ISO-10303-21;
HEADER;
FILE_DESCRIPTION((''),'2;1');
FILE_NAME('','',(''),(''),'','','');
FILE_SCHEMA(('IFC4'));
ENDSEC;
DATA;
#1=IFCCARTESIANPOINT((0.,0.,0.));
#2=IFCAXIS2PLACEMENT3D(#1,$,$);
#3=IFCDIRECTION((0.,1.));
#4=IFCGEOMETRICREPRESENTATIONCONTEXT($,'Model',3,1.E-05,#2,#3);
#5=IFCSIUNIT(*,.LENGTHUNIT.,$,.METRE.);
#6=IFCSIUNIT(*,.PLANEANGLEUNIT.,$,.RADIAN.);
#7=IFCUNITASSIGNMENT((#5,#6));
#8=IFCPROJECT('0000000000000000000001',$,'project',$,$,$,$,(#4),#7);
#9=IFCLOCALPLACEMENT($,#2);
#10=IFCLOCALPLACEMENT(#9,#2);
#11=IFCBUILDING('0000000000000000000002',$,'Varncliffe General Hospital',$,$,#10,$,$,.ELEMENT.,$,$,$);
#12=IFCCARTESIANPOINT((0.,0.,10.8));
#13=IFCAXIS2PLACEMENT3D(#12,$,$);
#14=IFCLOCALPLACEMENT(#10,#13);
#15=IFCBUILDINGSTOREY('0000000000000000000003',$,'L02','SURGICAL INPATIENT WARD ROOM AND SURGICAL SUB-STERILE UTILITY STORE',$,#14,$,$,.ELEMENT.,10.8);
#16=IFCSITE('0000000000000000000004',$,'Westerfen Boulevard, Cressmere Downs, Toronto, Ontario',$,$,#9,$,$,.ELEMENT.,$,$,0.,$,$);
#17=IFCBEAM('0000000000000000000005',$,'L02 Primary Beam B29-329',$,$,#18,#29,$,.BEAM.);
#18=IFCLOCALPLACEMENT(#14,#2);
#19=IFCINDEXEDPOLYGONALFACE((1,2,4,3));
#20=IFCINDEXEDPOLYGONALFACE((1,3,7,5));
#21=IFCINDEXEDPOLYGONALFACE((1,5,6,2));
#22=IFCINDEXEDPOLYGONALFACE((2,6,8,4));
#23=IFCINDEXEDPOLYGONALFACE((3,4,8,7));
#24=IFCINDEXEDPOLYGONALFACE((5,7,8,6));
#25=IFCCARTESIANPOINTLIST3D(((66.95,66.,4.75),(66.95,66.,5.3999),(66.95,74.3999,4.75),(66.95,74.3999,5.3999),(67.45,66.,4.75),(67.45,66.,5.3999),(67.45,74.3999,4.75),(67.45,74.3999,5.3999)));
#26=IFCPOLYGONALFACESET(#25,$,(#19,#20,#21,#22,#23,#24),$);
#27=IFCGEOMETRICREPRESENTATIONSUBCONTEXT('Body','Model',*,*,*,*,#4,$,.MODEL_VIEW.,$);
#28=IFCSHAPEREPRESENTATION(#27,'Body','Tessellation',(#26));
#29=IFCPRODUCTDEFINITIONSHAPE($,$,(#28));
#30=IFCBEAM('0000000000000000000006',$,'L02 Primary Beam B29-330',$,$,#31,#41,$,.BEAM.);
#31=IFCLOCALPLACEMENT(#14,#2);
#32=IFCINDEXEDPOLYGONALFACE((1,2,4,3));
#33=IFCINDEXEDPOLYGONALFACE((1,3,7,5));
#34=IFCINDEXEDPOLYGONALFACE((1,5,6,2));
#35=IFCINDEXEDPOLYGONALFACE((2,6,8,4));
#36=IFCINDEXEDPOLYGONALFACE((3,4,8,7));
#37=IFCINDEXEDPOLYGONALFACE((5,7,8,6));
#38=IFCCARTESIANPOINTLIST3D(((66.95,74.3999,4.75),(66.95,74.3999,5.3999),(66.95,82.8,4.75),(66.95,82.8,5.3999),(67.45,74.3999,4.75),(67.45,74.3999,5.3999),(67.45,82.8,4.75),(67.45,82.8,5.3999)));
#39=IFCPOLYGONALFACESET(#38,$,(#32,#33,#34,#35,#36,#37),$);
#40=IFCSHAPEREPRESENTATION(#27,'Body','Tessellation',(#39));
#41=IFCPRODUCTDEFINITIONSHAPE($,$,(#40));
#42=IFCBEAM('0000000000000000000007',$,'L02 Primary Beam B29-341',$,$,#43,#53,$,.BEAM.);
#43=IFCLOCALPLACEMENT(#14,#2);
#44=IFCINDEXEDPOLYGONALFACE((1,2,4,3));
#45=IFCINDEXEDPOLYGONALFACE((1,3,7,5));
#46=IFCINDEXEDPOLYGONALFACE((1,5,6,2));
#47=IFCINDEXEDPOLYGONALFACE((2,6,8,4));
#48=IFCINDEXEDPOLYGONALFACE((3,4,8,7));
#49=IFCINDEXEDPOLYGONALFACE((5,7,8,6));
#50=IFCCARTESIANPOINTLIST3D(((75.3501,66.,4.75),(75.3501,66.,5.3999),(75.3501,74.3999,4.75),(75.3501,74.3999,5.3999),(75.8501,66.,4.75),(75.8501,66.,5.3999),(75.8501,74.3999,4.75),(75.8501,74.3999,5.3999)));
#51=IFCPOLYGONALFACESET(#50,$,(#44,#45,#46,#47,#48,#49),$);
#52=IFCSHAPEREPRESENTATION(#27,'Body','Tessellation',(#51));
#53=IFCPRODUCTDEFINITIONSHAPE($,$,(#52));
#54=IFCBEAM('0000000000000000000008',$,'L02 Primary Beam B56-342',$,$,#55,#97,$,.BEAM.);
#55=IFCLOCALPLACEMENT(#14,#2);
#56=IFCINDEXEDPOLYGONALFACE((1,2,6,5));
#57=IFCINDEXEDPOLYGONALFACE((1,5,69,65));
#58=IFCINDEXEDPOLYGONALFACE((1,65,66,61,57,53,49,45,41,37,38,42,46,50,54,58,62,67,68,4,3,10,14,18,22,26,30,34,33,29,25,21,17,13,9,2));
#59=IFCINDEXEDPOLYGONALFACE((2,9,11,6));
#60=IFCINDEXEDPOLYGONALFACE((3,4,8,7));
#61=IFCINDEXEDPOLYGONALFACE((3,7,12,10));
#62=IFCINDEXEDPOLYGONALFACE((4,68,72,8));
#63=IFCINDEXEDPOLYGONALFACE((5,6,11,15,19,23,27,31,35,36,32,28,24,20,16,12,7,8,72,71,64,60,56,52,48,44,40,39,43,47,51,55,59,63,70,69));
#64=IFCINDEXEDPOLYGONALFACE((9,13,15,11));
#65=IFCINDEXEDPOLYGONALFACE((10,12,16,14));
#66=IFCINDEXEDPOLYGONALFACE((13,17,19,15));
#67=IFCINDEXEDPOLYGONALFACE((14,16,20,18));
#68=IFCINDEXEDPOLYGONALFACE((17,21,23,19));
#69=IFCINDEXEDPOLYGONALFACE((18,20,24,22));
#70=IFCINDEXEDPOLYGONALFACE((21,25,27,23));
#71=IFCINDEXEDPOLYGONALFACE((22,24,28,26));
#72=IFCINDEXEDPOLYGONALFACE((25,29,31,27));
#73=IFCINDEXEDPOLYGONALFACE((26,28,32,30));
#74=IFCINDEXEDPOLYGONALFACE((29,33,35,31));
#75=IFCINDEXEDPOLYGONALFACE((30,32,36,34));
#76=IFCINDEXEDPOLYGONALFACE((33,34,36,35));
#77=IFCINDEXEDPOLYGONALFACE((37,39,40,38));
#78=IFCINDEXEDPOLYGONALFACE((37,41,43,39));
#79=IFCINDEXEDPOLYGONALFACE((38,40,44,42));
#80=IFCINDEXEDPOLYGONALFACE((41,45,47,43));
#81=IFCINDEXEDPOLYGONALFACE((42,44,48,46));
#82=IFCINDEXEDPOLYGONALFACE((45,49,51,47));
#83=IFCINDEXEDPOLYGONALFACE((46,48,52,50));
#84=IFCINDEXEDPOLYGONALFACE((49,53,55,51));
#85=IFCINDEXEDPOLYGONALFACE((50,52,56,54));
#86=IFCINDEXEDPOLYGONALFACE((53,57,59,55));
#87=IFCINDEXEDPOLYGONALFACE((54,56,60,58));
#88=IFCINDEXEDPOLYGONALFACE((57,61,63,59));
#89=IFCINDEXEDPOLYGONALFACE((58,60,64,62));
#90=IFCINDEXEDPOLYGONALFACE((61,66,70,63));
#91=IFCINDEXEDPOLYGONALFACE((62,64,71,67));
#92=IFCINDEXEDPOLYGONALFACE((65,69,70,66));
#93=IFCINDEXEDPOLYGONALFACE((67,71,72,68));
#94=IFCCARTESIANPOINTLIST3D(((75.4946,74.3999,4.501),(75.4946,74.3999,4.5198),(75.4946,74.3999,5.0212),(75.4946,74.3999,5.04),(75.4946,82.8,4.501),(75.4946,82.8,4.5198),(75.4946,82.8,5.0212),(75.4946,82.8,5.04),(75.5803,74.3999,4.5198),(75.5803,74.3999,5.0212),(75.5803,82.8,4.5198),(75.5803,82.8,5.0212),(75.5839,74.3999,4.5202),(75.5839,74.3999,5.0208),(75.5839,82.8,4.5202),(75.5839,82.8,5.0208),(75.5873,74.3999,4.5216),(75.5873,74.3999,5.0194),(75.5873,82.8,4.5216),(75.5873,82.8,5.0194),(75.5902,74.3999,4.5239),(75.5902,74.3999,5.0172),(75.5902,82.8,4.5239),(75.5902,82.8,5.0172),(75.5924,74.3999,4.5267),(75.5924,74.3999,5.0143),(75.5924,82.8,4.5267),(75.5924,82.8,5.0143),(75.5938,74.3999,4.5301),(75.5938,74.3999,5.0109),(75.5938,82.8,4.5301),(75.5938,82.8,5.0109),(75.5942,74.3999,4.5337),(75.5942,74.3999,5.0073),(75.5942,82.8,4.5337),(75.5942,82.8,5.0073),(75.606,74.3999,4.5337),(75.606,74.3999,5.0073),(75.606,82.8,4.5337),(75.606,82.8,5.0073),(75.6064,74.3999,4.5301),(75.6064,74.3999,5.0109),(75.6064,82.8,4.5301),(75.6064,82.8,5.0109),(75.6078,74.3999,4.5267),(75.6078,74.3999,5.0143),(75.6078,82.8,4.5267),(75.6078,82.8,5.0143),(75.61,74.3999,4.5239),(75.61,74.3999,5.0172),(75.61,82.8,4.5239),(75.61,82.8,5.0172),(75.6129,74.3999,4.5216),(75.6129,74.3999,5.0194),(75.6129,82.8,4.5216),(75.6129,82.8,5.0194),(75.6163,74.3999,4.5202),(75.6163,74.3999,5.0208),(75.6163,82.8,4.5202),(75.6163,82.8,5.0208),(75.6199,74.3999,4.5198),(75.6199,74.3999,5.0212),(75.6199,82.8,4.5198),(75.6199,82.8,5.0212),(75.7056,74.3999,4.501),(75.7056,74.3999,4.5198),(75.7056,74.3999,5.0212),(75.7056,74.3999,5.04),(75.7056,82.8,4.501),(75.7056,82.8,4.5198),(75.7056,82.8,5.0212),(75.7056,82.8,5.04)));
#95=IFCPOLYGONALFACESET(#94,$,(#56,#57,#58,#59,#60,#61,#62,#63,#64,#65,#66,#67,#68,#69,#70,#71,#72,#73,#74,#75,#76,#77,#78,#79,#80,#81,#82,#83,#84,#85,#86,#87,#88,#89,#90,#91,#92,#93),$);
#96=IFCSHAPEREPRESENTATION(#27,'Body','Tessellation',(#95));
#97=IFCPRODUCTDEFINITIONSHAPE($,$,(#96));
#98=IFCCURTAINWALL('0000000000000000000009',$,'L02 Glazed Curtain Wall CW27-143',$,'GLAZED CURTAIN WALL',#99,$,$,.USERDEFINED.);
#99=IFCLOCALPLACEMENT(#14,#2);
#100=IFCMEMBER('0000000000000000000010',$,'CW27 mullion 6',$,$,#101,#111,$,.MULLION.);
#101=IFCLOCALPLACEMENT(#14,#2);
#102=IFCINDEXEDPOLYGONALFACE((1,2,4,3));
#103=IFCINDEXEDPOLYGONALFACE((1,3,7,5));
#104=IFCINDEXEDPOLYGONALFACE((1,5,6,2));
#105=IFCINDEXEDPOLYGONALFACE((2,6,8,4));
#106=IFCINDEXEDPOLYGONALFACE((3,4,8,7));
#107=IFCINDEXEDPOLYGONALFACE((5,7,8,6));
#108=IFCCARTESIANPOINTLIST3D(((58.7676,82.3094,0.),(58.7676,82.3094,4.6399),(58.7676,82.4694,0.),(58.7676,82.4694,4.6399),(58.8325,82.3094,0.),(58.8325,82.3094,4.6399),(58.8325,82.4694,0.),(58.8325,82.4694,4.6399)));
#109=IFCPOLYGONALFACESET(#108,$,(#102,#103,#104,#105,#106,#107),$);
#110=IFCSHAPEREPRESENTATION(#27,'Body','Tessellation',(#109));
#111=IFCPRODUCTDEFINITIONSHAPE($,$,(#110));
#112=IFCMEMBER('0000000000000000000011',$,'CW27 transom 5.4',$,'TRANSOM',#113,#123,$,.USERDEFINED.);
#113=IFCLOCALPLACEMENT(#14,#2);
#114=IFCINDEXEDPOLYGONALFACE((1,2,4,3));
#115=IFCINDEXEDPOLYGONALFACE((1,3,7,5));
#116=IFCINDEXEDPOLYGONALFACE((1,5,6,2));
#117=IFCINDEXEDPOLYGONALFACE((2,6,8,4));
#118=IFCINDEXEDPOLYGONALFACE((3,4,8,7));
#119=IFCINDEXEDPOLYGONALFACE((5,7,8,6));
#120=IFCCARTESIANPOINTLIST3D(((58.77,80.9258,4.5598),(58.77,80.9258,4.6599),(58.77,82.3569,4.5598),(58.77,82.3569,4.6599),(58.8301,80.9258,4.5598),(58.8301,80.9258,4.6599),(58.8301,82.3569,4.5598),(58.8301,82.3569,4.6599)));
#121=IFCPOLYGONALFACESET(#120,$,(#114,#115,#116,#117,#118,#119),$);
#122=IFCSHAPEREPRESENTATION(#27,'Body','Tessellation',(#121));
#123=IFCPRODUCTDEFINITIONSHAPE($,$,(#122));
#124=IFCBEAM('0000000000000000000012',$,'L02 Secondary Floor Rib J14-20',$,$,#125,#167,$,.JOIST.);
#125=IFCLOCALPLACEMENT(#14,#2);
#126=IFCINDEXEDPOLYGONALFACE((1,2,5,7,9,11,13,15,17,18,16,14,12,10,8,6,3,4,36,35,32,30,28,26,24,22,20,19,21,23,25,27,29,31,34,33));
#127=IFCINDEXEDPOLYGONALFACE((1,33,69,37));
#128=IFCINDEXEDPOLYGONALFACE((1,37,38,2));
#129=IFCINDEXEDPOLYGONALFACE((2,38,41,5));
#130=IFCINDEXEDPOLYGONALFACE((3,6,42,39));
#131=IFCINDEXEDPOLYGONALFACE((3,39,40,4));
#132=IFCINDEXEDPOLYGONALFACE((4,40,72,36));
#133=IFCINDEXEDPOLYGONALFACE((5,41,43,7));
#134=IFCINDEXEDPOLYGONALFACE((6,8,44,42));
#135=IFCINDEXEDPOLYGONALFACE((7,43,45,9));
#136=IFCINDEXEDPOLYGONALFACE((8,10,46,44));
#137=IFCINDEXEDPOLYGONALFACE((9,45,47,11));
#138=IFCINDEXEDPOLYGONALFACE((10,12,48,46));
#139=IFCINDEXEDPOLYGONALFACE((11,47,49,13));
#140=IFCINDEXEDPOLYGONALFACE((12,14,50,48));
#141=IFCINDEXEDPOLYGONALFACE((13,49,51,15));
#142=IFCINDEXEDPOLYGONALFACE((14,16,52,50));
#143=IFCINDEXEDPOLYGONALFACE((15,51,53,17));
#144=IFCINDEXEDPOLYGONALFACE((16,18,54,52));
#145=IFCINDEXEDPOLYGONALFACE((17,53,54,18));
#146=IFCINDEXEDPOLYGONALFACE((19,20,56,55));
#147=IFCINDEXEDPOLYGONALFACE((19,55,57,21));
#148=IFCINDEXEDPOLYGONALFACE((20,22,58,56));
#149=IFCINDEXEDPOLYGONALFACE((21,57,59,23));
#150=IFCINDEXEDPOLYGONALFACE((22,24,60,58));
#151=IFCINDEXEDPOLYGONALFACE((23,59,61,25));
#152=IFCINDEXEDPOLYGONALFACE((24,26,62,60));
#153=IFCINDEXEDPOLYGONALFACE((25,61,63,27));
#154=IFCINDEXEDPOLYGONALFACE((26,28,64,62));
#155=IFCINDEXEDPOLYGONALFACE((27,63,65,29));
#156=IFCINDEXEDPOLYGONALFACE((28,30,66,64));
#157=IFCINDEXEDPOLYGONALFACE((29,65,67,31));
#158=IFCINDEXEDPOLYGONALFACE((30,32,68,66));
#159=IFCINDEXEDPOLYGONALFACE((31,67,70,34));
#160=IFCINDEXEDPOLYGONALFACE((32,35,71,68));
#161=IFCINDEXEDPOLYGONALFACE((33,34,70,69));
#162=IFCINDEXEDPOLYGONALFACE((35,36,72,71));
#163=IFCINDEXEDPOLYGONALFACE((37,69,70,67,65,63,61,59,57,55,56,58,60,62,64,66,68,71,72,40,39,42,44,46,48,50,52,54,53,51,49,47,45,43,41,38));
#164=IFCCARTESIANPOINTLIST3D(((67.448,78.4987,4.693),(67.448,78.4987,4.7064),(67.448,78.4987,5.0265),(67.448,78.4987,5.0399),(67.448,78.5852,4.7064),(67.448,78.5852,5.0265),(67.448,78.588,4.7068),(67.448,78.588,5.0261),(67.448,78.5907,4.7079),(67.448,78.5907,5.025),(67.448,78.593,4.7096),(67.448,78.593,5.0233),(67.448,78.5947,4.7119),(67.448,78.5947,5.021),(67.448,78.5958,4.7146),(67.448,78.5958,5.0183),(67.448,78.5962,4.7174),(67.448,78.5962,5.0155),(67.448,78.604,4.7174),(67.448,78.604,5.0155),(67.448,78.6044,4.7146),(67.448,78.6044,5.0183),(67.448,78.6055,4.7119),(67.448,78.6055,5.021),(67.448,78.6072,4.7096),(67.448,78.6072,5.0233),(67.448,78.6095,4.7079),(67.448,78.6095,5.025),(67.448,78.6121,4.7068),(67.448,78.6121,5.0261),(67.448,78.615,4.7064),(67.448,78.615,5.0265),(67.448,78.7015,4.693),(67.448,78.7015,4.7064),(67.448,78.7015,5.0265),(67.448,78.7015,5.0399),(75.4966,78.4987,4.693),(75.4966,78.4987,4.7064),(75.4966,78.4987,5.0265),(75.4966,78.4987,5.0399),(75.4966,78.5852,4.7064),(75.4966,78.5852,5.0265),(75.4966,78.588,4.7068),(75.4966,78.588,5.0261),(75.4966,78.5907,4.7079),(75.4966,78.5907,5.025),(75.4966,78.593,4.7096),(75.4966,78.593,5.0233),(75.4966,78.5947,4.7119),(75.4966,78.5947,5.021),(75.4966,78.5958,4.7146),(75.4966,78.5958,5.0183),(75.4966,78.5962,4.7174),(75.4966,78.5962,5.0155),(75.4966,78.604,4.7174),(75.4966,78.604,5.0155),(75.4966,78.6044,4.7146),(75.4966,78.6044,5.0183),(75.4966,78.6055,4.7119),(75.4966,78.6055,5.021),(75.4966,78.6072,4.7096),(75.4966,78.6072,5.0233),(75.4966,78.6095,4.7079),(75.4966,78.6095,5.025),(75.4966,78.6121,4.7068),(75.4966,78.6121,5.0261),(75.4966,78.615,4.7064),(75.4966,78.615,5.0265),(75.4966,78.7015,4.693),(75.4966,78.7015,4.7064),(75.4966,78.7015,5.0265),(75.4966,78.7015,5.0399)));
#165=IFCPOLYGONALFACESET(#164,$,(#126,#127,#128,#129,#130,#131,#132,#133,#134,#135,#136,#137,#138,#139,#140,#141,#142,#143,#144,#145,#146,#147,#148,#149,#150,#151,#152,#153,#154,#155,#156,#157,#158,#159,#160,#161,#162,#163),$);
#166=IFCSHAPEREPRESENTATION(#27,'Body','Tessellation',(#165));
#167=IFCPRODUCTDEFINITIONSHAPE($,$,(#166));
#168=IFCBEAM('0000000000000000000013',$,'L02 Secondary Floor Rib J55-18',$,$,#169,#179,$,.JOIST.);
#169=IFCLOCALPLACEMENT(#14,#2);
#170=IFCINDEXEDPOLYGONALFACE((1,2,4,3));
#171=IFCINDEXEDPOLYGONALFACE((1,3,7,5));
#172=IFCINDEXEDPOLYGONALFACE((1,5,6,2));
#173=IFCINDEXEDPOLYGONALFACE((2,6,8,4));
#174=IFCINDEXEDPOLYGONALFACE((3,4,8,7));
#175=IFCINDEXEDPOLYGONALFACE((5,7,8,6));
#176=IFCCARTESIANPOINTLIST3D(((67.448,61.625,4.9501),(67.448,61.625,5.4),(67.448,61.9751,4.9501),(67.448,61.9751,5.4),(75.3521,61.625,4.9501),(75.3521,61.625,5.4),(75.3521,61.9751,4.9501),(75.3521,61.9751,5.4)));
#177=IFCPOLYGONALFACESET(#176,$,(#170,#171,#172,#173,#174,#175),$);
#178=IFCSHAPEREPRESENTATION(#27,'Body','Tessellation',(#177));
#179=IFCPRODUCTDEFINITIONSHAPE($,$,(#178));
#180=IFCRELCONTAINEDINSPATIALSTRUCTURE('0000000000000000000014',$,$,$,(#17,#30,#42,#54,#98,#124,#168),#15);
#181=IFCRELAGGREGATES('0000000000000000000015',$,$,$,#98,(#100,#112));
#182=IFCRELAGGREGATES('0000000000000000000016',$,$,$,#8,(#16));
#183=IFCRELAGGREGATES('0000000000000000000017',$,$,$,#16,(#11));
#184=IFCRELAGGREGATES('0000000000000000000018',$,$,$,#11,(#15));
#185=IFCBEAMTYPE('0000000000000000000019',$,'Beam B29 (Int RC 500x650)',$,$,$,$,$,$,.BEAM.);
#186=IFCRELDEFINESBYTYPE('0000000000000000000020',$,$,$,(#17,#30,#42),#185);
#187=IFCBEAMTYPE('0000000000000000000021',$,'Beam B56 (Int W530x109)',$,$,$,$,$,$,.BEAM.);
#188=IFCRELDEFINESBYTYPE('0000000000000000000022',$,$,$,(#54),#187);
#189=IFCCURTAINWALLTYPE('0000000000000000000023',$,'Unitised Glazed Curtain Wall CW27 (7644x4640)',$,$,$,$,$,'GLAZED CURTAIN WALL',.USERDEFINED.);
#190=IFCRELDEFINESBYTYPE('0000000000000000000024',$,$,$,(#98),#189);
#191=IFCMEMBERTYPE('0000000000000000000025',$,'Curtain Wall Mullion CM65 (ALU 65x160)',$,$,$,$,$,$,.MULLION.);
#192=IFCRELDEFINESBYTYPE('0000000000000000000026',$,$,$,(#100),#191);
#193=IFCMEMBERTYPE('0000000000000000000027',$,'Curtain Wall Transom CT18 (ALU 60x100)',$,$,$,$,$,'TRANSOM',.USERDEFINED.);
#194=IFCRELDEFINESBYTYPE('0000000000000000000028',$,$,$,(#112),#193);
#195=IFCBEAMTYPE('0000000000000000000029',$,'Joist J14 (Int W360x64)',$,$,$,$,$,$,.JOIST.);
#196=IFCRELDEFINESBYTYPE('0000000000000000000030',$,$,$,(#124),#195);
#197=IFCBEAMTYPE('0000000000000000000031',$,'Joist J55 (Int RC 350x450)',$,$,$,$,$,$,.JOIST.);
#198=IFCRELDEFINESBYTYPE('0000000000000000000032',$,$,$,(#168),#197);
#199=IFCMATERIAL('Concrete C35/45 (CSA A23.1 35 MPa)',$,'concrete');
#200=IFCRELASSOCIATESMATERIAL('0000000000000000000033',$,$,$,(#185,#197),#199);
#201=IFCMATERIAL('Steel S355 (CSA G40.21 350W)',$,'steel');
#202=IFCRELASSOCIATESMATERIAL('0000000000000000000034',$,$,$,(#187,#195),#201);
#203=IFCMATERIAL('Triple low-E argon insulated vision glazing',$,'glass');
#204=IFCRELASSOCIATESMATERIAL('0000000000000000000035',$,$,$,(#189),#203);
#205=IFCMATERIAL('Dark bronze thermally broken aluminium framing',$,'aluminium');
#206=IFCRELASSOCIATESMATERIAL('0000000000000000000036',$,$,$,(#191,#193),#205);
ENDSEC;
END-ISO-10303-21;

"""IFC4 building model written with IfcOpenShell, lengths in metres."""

from ifc_helpers import new_model, si_unit, direction, frame, origin, origin_2d, place, context, subcontext, project, spatial, rectangle, i_section, extrude, material, material_profile, profile_set, type_object, element, aggregate, save


model = new_model("IFC4")

# Units and contexts
model_context = context("Model", 3, precision=1e-05, world=origin(), true_north=direction((0.0, 1.0)))
body_context = subcontext(model_context, "Body", "Model", "MODEL_VIEW")
ifc_project = project(units=[si_unit("LENGTHUNIT", "METRE"), si_unit("PLANEANGLEUNIT", "RADIAN")], contexts=[model_context])

# Site, building, storey
site_placement = place(None, origin())
site = spatial("IfcSite", under=ifc_project, at=site_placement, Name="Westerfen Boulevard, Cressmere Downs, Toronto, Ontario", CompositionType="ELEMENT", RefElevation=0.0)
building_placement = place(site_placement, origin())
building = spatial("IfcBuilding", under=site, at=building_placement, Name="Varncliffe General Hospital", CompositionType="ELEMENT")
storey_placement = place(building_placement, frame((0.0, 0.0, 10.8)))
storey = spatial("IfcBuildingStorey", under=building, at=storey_placement, Name="L02", Description="SURGICAL INPATIENT WARD ROOM AND SURGICAL SUB-STERILE UTILITY STORE", CompositionType="ELEMENT", Elevation=10.8)

# Beams
ifc_material_1 = material(Name="Concrete C35/45 (CSA A23.1 35 MPa)", Category="concrete")
ifc_material_profile_1 = material_profile(ifc_material_1, rectangle(XDim=0.5, YDim=0.6499, at=origin_2d()), Name="RC 500x650")
ifc_profile_set_1 = profile_set([ifc_material_profile_1], Name="Concrete C35/45 (CSA A23.1 35 MPa)")
beam_type_1 = type_object("IfcBeamType", Name="Beam B29 (Int RC 500x650)", PredefinedType="BEAM", material=ifc_profile_set_1)
for number, where, z_axis, x_axis, name in (
    (1, (67.2, 66.0, 5.075), (0.0, 1.0, 0.0), (-1.0, 0.0, 0.0), "L02 Primary Beam B29-329"),
):
    element("IfcBeam", number, at=place(storey_placement, frame(where, z_axis=z_axis, x_axis=x_axis)), inside=storey, type_object=beam_type_1, Name=name, PredefinedType="BEAM", context=body_context, shape_type="SweptSolid", body=[
        extrude(rectangle(XDim=0.5, YDim=0.6499, at=origin_2d()), origin(), (0.0, 0.0, 1.0), 8.3999),
    ])
beam_1_placement = place(storey_placement, frame((67.2, 74.3999, 5.075), z_axis=(0.0, 1.0, 0.0), x_axis=(-1.0, 0.0, 0.0)))
element("IfcBeam", 2, at=beam_1_placement, inside=storey, type_object=beam_type_1, Name="L02 Primary Beam B29-330", PredefinedType="BEAM", context=body_context, shape_type="SweptSolid", body=[
    extrude(rectangle(XDim=0.5, YDim=0.6499, at=origin_2d()), origin(), (0.0, 0.0, 1.0), 8.4001),
])
beam_2_placement = place(storey_placement, frame((75.6001, 66.0, 5.075), z_axis=(0.0, 1.0, 0.0), x_axis=(-1.0, 0.0, 0.0)))
element("IfcBeam", 3, at=beam_2_placement, inside=storey, type_object=beam_type_1, Name="L02 Primary Beam B29-341", PredefinedType="BEAM", context=body_context, shape_type="SweptSolid", body=[
    extrude(rectangle(XDim=0.5, YDim=0.6499, at=origin_2d()), origin(), (0.0, 0.0, 1.0), 8.3999),
])
ifc_material_2 = material(Name="Steel S355 (CSA G40.21 350W)", Category="steel")
ifc_material_profile_2 = material_profile(ifc_material_2, i_section(OverallWidth=0.2109, OverallDepth=0.5391, WebThickness=0.0117, FlangeThickness=0.0188, FilletRadius=0.0139, at=origin_2d()), Name="W530x109")
ifc_profile_set_2 = profile_set([ifc_material_profile_2], Name="Steel S355 (CSA G40.21 350W)")
beam_type_2 = type_object("IfcBeamType", Name="Beam B56 (Int W530x109)", PredefinedType="BEAM", material=ifc_profile_set_2)
beam_3_placement = place(storey_placement, frame((75.6001, 74.3999, 4.7705), z_axis=(0.0, 1.0, 0.0), x_axis=(-1.0, 0.0, 0.0)))
element("IfcBeam", 4, at=beam_3_placement, inside=storey, type_object=beam_type_2, Name="L02 Primary Beam B56-342", PredefinedType="BEAM", context=body_context, shape_type="SweptSolid", body=[
    extrude(i_section(OverallWidth=0.2109, OverallDepth=0.5391, WebThickness=0.0117, FlangeThickness=0.0188, FilletRadius=0.0139, at=origin_2d()), origin(), (0.0, 0.0, 1.0), 8.4001),
])

# Curtain wall, members
ifc_material_3 = material(Name="Triple low-E argon insulated vision glazing", Category="glass")
curtain_wall_type = type_object("IfcCurtainWallType", Name="Unitised Glazed Curtain Wall CW27 (7644x4640)", ElementType="GLAZED CURTAIN WALL", PredefinedType="USERDEFINED", material=ifc_material_3)
curtain_wall_placement = place(storey_placement, origin())
curtain_wall = element("IfcCurtainWall", 5, at=curtain_wall_placement, inside=storey, type_object=curtain_wall_type, Name="L02 Glazed Curtain Wall CW27-143", ObjectType="GLAZED CURTAIN WALL", PredefinedType="USERDEFINED")
ifc_material_4 = material(Name="Dark bronze thermally broken aluminium framing", Category="aluminium")
ifc_material_profile_3 = material_profile(ifc_material_4, rectangle(XDim=0.0649, YDim=0.1599, at=origin_2d()), Name="ALU 65x160")
ifc_profile_set_3 = profile_set([ifc_material_profile_3], Name="Dark bronze thermally broken aluminium framing")
member_type_1 = type_object("IfcMemberType", Name="Curtain Wall Mullion CM65 (ALU 65x160)", PredefinedType="MULLION", material=ifc_profile_set_3)
member_1_placement = place(storey_placement, frame((58.8, 82.3894, 0.0), z_axis=(0.0, 0.0, 1.0), x_axis=(-1.0, 0.0, 0.0)))
member_1 = element("IfcMember", 6, at=member_1_placement, type_object=member_type_1, Name="CW27 mullion 6", PredefinedType="MULLION", context=body_context, shape_type="SweptSolid", body=[
    extrude(rectangle(XDim=0.0649, YDim=0.1599, at=origin_2d()), origin(), (0.0, 0.0, 1.0), 4.6399),
])
ifc_material_profile_4 = material_profile(ifc_material_4, rectangle(XDim=0.0601, YDim=0.1001, at=origin_2d()), Name="ALU 60x100")
ifc_profile_set_4 = profile_set([ifc_material_profile_4], Name="Dark bronze thermally broken aluminium framing")
member_type_2 = type_object("IfcMemberType", Name="Curtain Wall Transom CT18 (ALU 60x100)", ElementType="TRANSOM", PredefinedType="USERDEFINED", material=ifc_profile_set_4)
member_2_placement = place(storey_placement, frame((58.8, 80.9258, 4.6099), z_axis=(0.0, 1.0, 0.0), x_axis=(-1.0, 0.0, 0.0)))
member_2 = element("IfcMember", 7, at=member_2_placement, type_object=member_type_2, Name="CW27 transom 5.4", ObjectType="TRANSOM", PredefinedType="USERDEFINED", context=body_context, shape_type="SweptSolid", body=[
    extrude(rectangle(XDim=0.0601, YDim=0.1001, at=origin_2d()), origin(), (0.0, 0.0, 1.0), 1.4312),
])

# Beams
ifc_material_profile_5 = material_profile(ifc_material_2, i_section(OverallWidth=0.2029, OverallDepth=0.3469, WebThickness=0.0078, FlangeThickness=0.0134, FilletRadius=0.011, at=origin_2d()), Name="W360x64")
ifc_profile_set_5 = profile_set([ifc_material_profile_5], Name="Steel S355 (CSA G40.21 350W)")
beam_type_3 = type_object("IfcBeamType", Name="Joist J14 (Int W360x64)", PredefinedType="JOIST", material=ifc_profile_set_5)
beam_4_placement = place(storey_placement, frame((67.448, 78.6001, 4.8665), z_axis=(1.0, 0.0, 0.0), x_axis=(0.0, 1.0, 0.0)))
element("IfcBeam", 8, at=beam_4_placement, inside=storey, type_object=beam_type_3, Name="L02 Secondary Floor Rib J14-20", PredefinedType="JOIST", context=body_context, shape_type="SweptSolid", body=[
    extrude(i_section(OverallWidth=0.2029, OverallDepth=0.3469, WebThickness=0.0078, FlangeThickness=0.0134, FilletRadius=0.011, at=origin_2d()), origin(), (0.0, 0.0, 1.0), 8.0486),
])
ifc_material_profile_6 = material_profile(ifc_material_1, rectangle(XDim=0.3501, YDim=0.45, at=origin_2d()), Name="RC 350x450")
ifc_profile_set_6 = profile_set([ifc_material_profile_6], Name="Concrete C35/45 (CSA A23.1 35 MPa)")
beam_type_4 = type_object("IfcBeamType", Name="Joist J55 (Int RC 350x450)", PredefinedType="JOIST", material=ifc_profile_set_6)
for number, where, z_axis, x_axis, name in (
    (9, (67.448, 61.8, 5.175), (1.0, 0.0, 0.0), (0.0, 1.0, 0.0), "L02 Secondary Floor Rib J55-18"),
):
    element("IfcBeam", number, at=place(storey_placement, frame(where, z_axis=z_axis, x_axis=x_axis)), inside=storey, type_object=beam_type_4, Name=name, PredefinedType="JOIST", context=body_context, shape_type="SweptSolid", body=[
        extrude(rectangle(XDim=0.3501, YDim=0.45, at=origin_2d()), origin(), (0.0, 0.0, 1.0), 7.9041),
    ])

aggregate(curtain_wall, [member_1, member_2])

save(model, "model.ifc")
